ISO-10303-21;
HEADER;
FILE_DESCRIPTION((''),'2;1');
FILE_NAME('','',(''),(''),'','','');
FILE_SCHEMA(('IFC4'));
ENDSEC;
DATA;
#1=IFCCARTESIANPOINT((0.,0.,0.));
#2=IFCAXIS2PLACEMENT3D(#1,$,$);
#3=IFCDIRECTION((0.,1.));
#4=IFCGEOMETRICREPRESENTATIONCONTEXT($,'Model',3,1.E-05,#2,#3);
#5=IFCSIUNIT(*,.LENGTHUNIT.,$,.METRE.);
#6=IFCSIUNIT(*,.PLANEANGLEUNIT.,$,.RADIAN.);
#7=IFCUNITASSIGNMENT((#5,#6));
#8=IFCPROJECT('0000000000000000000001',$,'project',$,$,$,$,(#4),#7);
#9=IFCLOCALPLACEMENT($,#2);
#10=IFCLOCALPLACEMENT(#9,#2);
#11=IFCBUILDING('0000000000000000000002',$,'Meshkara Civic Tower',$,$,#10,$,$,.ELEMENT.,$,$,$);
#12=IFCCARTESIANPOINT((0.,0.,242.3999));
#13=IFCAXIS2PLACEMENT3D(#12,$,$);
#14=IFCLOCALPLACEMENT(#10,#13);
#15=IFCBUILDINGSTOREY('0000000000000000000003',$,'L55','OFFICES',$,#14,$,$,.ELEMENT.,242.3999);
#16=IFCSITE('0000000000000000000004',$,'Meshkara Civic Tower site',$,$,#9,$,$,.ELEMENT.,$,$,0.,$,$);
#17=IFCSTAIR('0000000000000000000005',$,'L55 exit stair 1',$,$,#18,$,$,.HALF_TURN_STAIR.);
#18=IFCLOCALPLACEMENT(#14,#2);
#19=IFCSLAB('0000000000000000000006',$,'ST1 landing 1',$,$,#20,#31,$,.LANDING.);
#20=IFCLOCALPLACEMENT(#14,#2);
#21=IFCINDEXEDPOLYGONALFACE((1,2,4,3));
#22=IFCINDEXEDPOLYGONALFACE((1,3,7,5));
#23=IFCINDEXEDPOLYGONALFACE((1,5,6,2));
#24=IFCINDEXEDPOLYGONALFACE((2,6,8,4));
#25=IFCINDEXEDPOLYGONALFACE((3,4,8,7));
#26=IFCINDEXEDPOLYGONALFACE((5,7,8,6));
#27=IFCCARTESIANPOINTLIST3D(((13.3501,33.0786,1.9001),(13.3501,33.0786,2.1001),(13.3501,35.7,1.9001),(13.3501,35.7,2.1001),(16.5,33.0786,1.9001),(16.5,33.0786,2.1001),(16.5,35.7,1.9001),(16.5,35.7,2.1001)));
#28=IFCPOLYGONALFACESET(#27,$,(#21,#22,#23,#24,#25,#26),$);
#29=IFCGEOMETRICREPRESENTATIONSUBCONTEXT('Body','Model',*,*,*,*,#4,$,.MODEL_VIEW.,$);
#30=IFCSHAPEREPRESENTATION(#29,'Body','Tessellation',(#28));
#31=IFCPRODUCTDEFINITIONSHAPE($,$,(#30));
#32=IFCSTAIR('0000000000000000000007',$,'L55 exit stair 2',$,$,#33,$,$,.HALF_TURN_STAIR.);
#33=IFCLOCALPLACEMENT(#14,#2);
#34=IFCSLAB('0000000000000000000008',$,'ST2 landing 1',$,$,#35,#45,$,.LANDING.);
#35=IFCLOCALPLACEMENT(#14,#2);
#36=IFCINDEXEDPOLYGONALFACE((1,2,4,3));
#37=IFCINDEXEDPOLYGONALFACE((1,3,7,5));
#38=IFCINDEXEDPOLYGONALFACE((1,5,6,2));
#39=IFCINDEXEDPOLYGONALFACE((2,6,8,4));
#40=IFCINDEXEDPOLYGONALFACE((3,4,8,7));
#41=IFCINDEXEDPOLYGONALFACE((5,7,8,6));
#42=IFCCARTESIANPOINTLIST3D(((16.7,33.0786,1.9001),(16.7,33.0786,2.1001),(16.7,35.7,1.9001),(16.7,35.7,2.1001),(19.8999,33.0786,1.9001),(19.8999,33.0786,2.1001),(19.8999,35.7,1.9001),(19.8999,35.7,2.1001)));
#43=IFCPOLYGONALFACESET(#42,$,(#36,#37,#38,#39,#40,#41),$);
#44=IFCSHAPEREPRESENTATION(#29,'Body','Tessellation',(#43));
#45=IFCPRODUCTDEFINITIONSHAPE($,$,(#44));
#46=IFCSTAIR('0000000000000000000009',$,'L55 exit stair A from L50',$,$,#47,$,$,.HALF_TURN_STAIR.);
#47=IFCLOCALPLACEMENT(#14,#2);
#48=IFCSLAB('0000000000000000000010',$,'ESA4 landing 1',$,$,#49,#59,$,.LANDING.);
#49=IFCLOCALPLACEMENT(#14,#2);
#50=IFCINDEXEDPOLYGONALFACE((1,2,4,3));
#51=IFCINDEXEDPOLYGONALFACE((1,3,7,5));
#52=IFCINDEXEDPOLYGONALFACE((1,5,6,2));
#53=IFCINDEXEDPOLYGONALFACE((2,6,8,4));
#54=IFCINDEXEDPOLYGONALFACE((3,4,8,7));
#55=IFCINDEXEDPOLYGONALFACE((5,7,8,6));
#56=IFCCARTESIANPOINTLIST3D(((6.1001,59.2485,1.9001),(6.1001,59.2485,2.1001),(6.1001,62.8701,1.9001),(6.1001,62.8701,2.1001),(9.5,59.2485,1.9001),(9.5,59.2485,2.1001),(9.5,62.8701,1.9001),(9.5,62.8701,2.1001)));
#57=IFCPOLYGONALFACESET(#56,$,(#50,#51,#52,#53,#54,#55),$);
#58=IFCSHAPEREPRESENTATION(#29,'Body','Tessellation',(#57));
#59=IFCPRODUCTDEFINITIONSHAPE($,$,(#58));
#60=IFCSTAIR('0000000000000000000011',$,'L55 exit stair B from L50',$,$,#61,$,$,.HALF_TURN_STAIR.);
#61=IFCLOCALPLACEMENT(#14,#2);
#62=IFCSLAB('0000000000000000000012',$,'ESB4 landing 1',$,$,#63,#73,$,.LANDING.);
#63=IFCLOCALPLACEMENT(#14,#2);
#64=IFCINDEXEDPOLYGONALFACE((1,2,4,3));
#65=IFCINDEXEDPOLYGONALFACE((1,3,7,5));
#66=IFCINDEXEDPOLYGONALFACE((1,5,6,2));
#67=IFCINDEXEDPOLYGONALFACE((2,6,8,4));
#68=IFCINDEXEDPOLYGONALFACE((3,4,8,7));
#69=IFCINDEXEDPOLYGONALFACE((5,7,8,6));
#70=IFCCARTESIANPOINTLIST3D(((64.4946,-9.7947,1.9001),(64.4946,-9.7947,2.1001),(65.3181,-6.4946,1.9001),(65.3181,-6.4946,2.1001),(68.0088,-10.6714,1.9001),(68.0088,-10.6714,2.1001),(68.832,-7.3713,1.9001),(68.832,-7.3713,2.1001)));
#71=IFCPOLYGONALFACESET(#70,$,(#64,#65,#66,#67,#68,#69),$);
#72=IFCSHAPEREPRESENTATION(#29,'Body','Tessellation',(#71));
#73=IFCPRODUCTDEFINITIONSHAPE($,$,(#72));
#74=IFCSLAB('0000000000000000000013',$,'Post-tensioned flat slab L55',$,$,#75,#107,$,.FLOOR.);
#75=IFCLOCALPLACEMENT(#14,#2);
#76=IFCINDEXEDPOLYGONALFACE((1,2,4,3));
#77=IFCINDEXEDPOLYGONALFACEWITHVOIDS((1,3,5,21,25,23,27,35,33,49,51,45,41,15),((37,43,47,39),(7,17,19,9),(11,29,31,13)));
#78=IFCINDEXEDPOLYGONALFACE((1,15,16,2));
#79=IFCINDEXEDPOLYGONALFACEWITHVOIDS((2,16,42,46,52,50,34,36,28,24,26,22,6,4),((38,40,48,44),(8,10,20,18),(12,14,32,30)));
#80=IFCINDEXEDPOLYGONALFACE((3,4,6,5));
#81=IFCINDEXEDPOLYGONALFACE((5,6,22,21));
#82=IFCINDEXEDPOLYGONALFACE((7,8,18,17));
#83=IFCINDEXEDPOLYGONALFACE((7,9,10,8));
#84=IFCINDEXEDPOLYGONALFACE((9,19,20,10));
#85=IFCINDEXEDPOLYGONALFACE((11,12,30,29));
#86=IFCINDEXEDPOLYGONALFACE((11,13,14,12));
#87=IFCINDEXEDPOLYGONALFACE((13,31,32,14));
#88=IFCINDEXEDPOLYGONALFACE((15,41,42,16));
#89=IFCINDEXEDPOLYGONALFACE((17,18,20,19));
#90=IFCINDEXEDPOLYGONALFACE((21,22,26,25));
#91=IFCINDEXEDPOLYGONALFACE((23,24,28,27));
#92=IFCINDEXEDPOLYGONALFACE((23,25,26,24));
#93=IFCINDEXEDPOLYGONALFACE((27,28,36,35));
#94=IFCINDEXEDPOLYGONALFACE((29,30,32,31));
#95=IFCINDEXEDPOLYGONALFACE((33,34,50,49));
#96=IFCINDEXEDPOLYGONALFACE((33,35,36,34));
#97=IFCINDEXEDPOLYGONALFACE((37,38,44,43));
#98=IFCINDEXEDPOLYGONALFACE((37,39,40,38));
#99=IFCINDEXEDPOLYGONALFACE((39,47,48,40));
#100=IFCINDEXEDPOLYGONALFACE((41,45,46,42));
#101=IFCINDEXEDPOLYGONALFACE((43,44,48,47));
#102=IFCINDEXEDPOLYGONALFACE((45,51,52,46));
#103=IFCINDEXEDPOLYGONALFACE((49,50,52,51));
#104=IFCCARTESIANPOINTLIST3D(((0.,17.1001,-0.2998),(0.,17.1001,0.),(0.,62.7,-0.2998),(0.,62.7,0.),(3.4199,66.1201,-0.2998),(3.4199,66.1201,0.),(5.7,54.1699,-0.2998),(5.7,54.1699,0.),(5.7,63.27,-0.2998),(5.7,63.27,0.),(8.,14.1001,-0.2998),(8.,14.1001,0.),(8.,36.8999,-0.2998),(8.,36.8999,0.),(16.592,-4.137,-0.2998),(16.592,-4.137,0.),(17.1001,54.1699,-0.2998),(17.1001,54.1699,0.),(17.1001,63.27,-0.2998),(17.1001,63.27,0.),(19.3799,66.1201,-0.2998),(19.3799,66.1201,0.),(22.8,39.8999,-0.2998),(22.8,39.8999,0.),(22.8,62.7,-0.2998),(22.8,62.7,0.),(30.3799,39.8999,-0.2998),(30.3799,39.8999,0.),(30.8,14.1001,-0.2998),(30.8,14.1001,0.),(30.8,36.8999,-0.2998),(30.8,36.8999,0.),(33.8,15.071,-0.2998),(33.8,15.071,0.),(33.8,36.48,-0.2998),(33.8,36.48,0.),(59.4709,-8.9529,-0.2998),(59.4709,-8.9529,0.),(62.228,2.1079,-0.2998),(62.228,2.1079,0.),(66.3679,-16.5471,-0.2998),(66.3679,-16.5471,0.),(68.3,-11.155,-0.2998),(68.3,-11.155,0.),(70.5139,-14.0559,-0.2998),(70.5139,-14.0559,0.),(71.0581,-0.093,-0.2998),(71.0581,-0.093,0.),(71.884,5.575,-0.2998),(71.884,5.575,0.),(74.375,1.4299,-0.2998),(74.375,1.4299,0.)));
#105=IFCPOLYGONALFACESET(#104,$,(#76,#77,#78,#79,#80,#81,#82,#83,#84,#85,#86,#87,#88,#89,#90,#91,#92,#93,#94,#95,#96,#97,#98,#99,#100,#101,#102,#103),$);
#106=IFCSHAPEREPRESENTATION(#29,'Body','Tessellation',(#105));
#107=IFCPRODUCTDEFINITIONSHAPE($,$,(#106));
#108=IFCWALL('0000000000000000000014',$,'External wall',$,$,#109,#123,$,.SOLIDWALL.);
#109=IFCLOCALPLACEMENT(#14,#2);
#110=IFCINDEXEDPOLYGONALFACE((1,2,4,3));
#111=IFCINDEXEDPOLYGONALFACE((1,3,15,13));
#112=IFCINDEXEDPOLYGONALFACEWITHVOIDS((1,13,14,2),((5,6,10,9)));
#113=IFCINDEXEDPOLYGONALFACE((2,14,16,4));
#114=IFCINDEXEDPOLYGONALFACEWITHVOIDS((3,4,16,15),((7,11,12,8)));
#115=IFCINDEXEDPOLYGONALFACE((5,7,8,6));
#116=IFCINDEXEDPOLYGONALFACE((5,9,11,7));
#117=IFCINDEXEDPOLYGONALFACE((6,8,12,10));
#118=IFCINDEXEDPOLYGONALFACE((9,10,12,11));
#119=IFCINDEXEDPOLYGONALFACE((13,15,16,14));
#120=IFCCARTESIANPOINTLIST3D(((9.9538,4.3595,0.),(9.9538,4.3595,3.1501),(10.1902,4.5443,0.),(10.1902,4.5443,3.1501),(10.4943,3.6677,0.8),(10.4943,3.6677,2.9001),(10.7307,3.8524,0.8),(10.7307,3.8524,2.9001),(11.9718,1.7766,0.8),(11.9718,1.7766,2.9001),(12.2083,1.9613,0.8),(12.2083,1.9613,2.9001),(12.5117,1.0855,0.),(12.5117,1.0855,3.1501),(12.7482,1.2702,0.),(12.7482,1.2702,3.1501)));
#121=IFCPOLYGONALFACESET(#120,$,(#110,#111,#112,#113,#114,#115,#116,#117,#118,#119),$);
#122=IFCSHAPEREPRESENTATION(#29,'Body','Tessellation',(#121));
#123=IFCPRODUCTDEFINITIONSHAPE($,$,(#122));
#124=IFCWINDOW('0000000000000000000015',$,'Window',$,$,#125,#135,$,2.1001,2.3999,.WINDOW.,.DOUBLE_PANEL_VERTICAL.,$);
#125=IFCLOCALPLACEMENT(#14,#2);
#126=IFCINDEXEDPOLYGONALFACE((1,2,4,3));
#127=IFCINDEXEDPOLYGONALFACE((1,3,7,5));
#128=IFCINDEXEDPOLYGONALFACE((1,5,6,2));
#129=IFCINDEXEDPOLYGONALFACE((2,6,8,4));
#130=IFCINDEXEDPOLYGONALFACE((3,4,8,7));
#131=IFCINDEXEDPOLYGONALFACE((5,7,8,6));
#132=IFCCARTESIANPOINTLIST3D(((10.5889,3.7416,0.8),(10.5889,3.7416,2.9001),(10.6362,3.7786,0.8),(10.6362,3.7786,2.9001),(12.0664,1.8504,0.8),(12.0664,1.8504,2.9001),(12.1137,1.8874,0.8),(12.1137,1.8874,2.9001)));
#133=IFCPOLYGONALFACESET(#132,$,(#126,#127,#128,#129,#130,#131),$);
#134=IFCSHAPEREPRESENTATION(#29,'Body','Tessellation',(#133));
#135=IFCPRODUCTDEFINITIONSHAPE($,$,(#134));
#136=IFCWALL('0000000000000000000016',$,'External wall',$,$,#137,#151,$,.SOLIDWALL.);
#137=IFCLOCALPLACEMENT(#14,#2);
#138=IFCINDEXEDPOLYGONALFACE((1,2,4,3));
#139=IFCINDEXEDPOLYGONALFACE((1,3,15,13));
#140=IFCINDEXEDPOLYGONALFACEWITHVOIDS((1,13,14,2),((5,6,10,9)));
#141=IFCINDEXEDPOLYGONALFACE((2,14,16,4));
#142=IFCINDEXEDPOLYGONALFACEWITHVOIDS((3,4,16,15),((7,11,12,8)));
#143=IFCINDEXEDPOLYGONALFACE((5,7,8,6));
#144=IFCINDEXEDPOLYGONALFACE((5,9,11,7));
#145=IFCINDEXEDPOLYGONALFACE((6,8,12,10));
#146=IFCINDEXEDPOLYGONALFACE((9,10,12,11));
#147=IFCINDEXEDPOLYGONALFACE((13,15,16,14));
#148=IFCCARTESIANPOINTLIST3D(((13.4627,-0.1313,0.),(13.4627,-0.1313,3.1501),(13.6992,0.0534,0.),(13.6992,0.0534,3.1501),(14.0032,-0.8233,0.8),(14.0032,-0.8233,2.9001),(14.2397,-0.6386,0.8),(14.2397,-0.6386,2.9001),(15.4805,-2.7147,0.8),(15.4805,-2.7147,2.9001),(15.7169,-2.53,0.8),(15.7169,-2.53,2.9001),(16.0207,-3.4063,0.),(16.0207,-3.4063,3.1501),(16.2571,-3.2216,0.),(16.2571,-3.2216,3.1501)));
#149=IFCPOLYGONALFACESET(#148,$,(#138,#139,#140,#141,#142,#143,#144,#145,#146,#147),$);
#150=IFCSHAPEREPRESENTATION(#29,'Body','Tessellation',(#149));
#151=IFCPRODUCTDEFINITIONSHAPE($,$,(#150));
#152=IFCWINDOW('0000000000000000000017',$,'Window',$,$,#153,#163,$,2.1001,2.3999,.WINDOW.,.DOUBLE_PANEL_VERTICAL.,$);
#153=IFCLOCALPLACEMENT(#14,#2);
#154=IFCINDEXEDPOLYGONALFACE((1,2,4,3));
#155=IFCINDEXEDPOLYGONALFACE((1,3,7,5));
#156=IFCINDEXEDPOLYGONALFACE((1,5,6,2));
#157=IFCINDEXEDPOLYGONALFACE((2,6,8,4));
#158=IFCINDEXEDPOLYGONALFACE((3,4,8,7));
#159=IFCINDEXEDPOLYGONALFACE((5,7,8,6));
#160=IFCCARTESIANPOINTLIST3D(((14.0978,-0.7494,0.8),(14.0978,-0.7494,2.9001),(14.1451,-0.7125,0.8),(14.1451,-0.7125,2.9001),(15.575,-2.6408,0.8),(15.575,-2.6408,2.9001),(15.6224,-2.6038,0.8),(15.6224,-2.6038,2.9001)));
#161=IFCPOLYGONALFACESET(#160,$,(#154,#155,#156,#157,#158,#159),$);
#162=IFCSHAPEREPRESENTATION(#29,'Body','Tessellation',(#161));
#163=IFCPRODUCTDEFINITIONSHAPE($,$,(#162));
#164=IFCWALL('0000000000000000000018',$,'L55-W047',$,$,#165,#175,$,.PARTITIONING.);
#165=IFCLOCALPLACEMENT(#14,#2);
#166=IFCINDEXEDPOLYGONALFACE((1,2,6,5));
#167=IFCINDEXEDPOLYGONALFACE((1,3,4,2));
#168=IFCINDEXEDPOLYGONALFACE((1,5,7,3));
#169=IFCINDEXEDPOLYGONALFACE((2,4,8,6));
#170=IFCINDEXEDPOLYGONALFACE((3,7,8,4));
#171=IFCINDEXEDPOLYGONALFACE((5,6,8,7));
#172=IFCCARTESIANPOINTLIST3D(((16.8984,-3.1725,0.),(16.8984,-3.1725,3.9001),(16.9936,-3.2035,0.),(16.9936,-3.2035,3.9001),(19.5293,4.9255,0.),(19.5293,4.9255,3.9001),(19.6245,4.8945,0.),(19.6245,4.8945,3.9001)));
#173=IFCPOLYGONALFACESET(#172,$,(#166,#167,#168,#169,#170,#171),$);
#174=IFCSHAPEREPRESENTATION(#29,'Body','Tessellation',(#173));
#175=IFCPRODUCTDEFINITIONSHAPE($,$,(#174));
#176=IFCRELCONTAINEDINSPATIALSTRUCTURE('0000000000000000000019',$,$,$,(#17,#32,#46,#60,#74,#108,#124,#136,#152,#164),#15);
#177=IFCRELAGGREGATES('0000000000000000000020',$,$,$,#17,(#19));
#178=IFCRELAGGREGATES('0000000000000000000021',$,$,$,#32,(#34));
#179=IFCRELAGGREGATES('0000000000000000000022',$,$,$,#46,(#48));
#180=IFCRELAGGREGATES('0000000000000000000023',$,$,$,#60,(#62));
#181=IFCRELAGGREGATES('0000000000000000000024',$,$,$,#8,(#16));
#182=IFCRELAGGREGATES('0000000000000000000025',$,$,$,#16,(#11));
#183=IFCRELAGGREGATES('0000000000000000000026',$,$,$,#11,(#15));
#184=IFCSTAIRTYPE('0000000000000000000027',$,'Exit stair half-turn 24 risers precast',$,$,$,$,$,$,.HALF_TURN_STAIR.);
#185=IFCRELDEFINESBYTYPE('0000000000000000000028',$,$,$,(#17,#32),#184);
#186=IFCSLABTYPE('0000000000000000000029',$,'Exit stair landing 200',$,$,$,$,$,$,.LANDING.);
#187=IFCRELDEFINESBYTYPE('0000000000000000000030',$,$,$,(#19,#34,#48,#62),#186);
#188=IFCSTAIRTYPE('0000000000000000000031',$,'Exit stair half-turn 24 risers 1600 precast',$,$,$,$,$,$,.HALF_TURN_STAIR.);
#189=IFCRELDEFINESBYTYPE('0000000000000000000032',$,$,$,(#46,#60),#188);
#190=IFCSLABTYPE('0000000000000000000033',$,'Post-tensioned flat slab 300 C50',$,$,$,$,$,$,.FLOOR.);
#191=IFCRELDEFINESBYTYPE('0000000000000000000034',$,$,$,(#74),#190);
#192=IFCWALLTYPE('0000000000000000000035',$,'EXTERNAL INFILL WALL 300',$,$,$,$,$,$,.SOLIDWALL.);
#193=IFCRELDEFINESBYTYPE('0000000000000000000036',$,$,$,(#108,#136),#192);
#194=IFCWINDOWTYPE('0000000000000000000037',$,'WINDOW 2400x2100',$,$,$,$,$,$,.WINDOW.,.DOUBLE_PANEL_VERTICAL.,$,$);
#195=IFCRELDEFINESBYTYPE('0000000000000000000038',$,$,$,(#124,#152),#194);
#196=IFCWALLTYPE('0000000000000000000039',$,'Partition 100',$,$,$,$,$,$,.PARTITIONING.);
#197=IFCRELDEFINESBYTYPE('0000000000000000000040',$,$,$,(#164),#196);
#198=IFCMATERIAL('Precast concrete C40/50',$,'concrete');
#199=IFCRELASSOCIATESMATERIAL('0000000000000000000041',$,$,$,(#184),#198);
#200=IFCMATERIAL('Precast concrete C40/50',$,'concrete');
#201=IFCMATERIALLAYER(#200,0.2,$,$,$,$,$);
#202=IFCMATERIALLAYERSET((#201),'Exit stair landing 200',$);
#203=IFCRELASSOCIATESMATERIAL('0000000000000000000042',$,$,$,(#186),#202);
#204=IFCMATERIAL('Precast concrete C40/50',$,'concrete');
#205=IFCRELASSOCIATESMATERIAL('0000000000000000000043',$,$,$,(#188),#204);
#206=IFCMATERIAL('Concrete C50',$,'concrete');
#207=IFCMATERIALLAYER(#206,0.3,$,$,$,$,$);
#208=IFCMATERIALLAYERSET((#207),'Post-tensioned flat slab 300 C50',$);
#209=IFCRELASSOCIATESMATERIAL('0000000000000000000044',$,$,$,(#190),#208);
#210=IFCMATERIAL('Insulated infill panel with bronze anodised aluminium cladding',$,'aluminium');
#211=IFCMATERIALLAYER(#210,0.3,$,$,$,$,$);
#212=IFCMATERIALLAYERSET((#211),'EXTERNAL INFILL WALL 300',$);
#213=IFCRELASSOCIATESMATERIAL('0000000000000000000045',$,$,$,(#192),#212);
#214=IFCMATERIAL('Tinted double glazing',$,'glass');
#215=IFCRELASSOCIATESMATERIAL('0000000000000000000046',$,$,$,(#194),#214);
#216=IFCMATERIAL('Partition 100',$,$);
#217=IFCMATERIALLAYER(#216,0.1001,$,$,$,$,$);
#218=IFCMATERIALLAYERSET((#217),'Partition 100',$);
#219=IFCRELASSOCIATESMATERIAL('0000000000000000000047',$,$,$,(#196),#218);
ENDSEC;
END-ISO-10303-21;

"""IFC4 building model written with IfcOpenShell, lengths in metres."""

from ifc_helpers import new_model, si_unit, direction, frame, frame_2d, origin, place, context, subcontext, project, spatial, polyline, rectangle, outline, extrude, material, layer, layer_set, type_object, element, fill, aggregate, save


model = new_model("IFC4")

# Units and contexts
model_context = context("Model", 3, precision=1e-05, world=origin(), true_north=direction((0.0, 1.0)))
body_context = subcontext(model_context, "Body", "Model", "MODEL_VIEW")
ifc_project = project(units=[si_unit("LENGTHUNIT", "METRE"), si_unit("PLANEANGLEUNIT", "RADIAN")], contexts=[model_context])

# Site, building, storey
site_placement = place(None, origin())
site = spatial("IfcSite", under=ifc_project, at=site_placement, Name="Meshkara Civic Tower site", CompositionType="ELEMENT", RefElevation=0.0)
building_placement = place(site_placement, origin())
building = spatial("IfcBuilding", under=site, at=building_placement, Name="Meshkara Civic Tower", CompositionType="ELEMENT")
storey_placement = place(building_placement, frame((0.0, 0.0, 242.3999)))
storey = spatial("IfcBuildingStorey", under=building, at=storey_placement, Name="L55", Description="OFFICES", CompositionType="ELEMENT", Elevation=242.3999)

# Stairs, slabs
ifc_material_1 = material(Name="Precast concrete C40/50", Category="concrete")
stair_type_1 = type_object("IfcStairType", Name="Exit stair half-turn 24 risers precast", PredefinedType="HALF_TURN_STAIR", material=ifc_material_1)
stair_1_placement = place(storey_placement, origin())
stair_1 = element("IfcStair", 1, at=stair_1_placement, inside=storey, type_object=stair_type_1, Name="L55 exit stair 1", PredefinedType="HALF_TURN_STAIR")
ifc_material_2 = material(Name="Precast concrete C40/50", Category="concrete")
ifc_layer_1 = layer(ifc_material_2, 0.2)
ifc_layer_set_1 = layer_set([ifc_layer_1], Name="Exit stair landing 200")
slab_type_1 = type_object("IfcSlabType", Name="Exit stair landing 200", PredefinedType="LANDING", material=ifc_layer_set_1)
slab_1_placement = place(storey_placement, frame((0.0, 0.0, 1.9001)))
slab_1 = element("IfcSlab", 2, at=slab_1_placement, type_object=slab_type_1, Name="ST1 landing 1", PredefinedType="LANDING", context=body_context, shape_type="SweptSolid", body=[
    extrude(outline(polyline([(16.5, 33.0786), (16.5, 35.7), (13.3501, 35.7), (13.3501, 33.0786), (16.5, 33.0786)])), origin(), (0.0, 0.0, 1.0), 0.2),
])
aggregate(stair_1, [slab_1])
stair_2_placement = place(storey_placement, origin())
stair_2 = element("IfcStair", 3, at=stair_2_placement, inside=storey, type_object=stair_type_1, Name="L55 exit stair 2", PredefinedType="HALF_TURN_STAIR")
slab_2_placement = place(storey_placement, frame((0.0, 0.0, 1.9001)))
slab_2 = element("IfcSlab", 4, at=slab_2_placement, type_object=slab_type_1, Name="ST2 landing 1", PredefinedType="LANDING", context=body_context, shape_type="SweptSolid", body=[
    extrude(outline(polyline([(19.8999, 33.0786), (19.8999, 35.7), (16.7, 35.7), (16.7, 33.0786), (19.8999, 33.0786)])), origin(), (0.0, 0.0, 1.0), 0.2),
])
aggregate(stair_2, [slab_2])
ifc_material_3 = material(Name="Precast concrete C40/50", Category="concrete")
stair_type_2 = type_object("IfcStairType", Name="Exit stair half-turn 24 risers 1600 precast", PredefinedType="HALF_TURN_STAIR", material=ifc_material_3)
stair_3_placement = place(storey_placement, origin())
stair_3 = element("IfcStair", 5, at=stair_3_placement, inside=storey, type_object=stair_type_2, Name="L55 exit stair A from L50", PredefinedType="HALF_TURN_STAIR")
slab_3_placement = place(storey_placement, frame((0.0, 0.0, 1.9001)))
slab_3 = element("IfcSlab", 6, at=slab_3_placement, type_object=slab_type_1, Name="ESA4 landing 1", PredefinedType="LANDING", context=body_context, shape_type="SweptSolid", body=[
    extrude(outline(polyline([(9.5, 59.2485), (9.5, 62.8701), (6.1001, 62.8701), (6.1001, 59.2485), (9.5, 59.2485)])), origin(), (0.0, 0.0, 1.0), 0.2),
])
aggregate(stair_3, [slab_3])
stair_4_placement = place(storey_placement, origin())
stair_4 = element("IfcStair", 7, at=stair_4_placement, inside=storey, type_object=stair_type_2, Name="L55 exit stair B from L50", PredefinedType="HALF_TURN_STAIR")
slab_4_placement = place(storey_placement, frame((0.0, 0.0, 1.9001)))
slab_4 = element("IfcSlab", 8, at=slab_4_placement, type_object=slab_type_1, Name="ESB4 landing 1", PredefinedType="LANDING", context=body_context, shape_type="SweptSolid", body=[
    extrude(outline(polyline([(64.4946, -9.7947), (68.0088, -10.6714), (68.832, -7.3713), (65.3181, -6.4946), (64.4946, -9.7947)])), origin(), (0.0, 0.0, 1.0), 0.2),
])
aggregate(stair_4, [slab_4])

# Slab
ifc_material_4 = material(Name="Concrete C50", Category="concrete")
ifc_layer_2 = layer(ifc_material_4, 0.3)
ifc_layer_set_2 = layer_set([ifc_layer_2], Name="Post-tensioned flat slab 300 C50")
slab_type_2 = type_object("IfcSlabType", Name="Post-tensioned flat slab 300 C50", PredefinedType="FLOOR", material=ifc_layer_set_2)
slab_5_placement = place(storey_placement, frame((0.0, 0.0, -0.2998)))
element("IfcSlab", 9, at=slab_5_placement, inside=storey, type_object=slab_type_2, Name="Post-tensioned flat slab L55", PredefinedType="FLOOR", context=body_context, shape_type="SweptSolid", body=[
    extrude(outline(polyline([(70.5139, -14.0559), (66.3679, -16.5471), (16.592, -4.137), (0.0, 17.1001), (0.0, 62.7), (3.4199, 66.1201), (19.3799, 66.1201), (22.8, 62.7), (22.8, 39.8999), (30.3799, 39.8999), (33.8, 36.48), (33.8, 15.071), (71.884, 5.575), (74.375, 1.4299), (70.5139, -14.0559)]), holes=[polyline([(68.3, -11.155), (71.0581, -0.093), (62.228, 2.1079), (59.4709, -8.9529), (68.3, -11.155)]), polyline([(8.0, 14.1001), (30.8, 14.1001), (30.8, 36.8999), (8.0, 36.8999), (8.0, 14.1001)]), polyline([(5.7, 63.27), (5.7, 54.1699), (17.1001, 54.1699), (17.1001, 63.27), (5.7, 63.27)])]), origin(), (0.0, 0.0, 1.0), 0.2998),
])

# Walls, openings, windows
ifc_material_5 = material(Name="Insulated infill panel with bronze anodised aluminium cladding", Category="aluminium")
ifc_layer_3 = layer(ifc_material_5, 0.3)
ifc_layer_set_3 = layer_set([ifc_layer_3], Name="EXTERNAL INFILL WALL 300")
wall_type_1 = type_object("IfcWallType", Name="EXTERNAL INFILL WALL 300", PredefinedType="SOLIDWALL", material=ifc_layer_set_3)
wall_1_placement = place(storey_placement, frame((10.072, 4.4519, 0.0), z_axis=(0.0, 0.0, 1.0), x_axis=(0.61566, -0.788012, 0.0)))
wall_1 = element("IfcWall", 10, at=wall_1_placement, inside=storey, type_object=wall_type_1, Name="External wall", PredefinedType="SOLIDWALL", context=body_context, shape_type="SweptSolid", body=[
    extrude(rectangle(XDim=4.1548, YDim=0.3, at=frame_2d((2.0774, 0.0))), origin(), (0.0, 0.0, 1.0), 3.1501),
])
opening_1_placement = place(wall_1_placement, frame((0.8779, 0.0, 0.8)))
opening_1 = element("IfcOpeningElement", 11, at=opening_1_placement, cuts=wall_1, PredefinedType="OPENING", context=body_context, shape_type="SweptSolid", body=[
    extrude(rectangle(XDim=2.3999, YDim=2.1001, at=frame_2d((1.2, 1.05))), frame((0.0, 0.1599, 0.0), z_axis=(0.0, -1.0, 0.0), x_axis=(1.0, 0.0, 0.0)), (0.0, 0.0, 1.0), 0.3201),
])
ifc_material_6 = material(Name="Tinted double glazing", Category="glass")
window_type = type_object("IfcWindowType", Name="WINDOW 2400x2100", PartitioningType="DOUBLE_PANEL_VERTICAL", PredefinedType="WINDOW", material=ifc_material_6)
window_1_placement = place(opening_1_placement, origin())
window_1 = element("IfcWindow", 12, at=window_1_placement, inside=storey, type_object=window_type, Name="Window", OverallHeight=2.1001, OverallWidth=2.3999, PartitioningType="DOUBLE_PANEL_VERTICAL", PredefinedType="WINDOW", context=body_context, shape_type="SweptSolid", body=[
    extrude(rectangle(XDim=2.3999, YDim=2.1001, at=frame_2d((1.2, 1.05))), frame((0.0, 0.03, 0.0), z_axis=(0.0, -1.0, 0.0), x_axis=(1.0, 0.0, 0.0)), (0.0, 0.0, 1.0), 0.0601),
])
fill(opening_1, window_1)
wall_2_placement = place(storey_placement, frame((13.5811, -0.0391, 0.0), z_axis=(0.0, 0.0, 1.0), x_axis=(0.615546, -0.788101, 0.0)))
wall_2 = element("IfcWall", 13, at=wall_2_placement, inside=storey, type_object=wall_type_1, Name="External wall", PredefinedType="SOLIDWALL", context=body_context, shape_type="SweptSolid", body=[
    extrude(rectangle(XDim=4.1555, YDim=0.3, at=frame_2d((2.0776, 0.0))), origin(), (0.0, 0.0, 1.0), 3.1501),
])
opening_2_placement = place(wall_2_placement, frame((0.8779, 0.0, 0.8)))
opening_2 = element("IfcOpeningElement", 14, at=opening_2_placement, cuts=wall_2, PredefinedType="OPENING", context=body_context, shape_type="SweptSolid", body=[
    extrude(rectangle(XDim=2.3999, YDim=2.1001, at=frame_2d((1.2, 1.05))), frame((0.0, 0.1599, 0.0), z_axis=(0.0, -1.0, 0.0), x_axis=(1.0, 0.0, 0.0)), (0.0, 0.0, 1.0), 0.3201),
])
window_2_placement = place(opening_2_placement, origin())
window_2 = element("IfcWindow", 15, at=window_2_placement, inside=storey, type_object=window_type, Name="Window", OverallHeight=2.1001, OverallWidth=2.3999, PartitioningType="DOUBLE_PANEL_VERTICAL", PredefinedType="WINDOW", context=body_context, shape_type="SweptSolid", body=[
    extrude(rectangle(XDim=2.3999, YDim=2.1001, at=frame_2d((1.2, 1.05))), frame((0.0, 0.03, 0.0), z_axis=(0.0, -1.0, 0.0), x_axis=(1.0, 0.0, 0.0)), (0.0, 0.0, 1.0), 0.0601),
])
fill(opening_2, window_2)

# Wall
ifc_material_7 = material(Name="Partition 100")
ifc_layer_4 = layer(ifc_material_7, 0.1001)
ifc_layer_set_4 = layer_set([ifc_layer_4], Name="Partition 100")
wall_type_2 = type_object("IfcWallType", Name="Partition 100", PredefinedType="PARTITIONING", material=ifc_layer_set_4)
wall_3_placement = place(storey_placement, frame((16.946, -3.188, 0.0), z_axis=(0.0, 0.0, 1.0), x_axis=(0.308984, 0.951067, 0.0)))
element("IfcWall", 16, at=wall_3_placement, inside=storey, type_object=wall_type_2, Name="L55-W047", PredefinedType="PARTITIONING", context=body_context, shape_type="SweptSolid", body=[
    extrude(rectangle(XDim=8.5146, YDim=0.1001, at=frame_2d((4.2573, 0.0))), origin(), (0.0, 0.0, 1.0), 3.9001),
])

save(model, "model.ifc")
